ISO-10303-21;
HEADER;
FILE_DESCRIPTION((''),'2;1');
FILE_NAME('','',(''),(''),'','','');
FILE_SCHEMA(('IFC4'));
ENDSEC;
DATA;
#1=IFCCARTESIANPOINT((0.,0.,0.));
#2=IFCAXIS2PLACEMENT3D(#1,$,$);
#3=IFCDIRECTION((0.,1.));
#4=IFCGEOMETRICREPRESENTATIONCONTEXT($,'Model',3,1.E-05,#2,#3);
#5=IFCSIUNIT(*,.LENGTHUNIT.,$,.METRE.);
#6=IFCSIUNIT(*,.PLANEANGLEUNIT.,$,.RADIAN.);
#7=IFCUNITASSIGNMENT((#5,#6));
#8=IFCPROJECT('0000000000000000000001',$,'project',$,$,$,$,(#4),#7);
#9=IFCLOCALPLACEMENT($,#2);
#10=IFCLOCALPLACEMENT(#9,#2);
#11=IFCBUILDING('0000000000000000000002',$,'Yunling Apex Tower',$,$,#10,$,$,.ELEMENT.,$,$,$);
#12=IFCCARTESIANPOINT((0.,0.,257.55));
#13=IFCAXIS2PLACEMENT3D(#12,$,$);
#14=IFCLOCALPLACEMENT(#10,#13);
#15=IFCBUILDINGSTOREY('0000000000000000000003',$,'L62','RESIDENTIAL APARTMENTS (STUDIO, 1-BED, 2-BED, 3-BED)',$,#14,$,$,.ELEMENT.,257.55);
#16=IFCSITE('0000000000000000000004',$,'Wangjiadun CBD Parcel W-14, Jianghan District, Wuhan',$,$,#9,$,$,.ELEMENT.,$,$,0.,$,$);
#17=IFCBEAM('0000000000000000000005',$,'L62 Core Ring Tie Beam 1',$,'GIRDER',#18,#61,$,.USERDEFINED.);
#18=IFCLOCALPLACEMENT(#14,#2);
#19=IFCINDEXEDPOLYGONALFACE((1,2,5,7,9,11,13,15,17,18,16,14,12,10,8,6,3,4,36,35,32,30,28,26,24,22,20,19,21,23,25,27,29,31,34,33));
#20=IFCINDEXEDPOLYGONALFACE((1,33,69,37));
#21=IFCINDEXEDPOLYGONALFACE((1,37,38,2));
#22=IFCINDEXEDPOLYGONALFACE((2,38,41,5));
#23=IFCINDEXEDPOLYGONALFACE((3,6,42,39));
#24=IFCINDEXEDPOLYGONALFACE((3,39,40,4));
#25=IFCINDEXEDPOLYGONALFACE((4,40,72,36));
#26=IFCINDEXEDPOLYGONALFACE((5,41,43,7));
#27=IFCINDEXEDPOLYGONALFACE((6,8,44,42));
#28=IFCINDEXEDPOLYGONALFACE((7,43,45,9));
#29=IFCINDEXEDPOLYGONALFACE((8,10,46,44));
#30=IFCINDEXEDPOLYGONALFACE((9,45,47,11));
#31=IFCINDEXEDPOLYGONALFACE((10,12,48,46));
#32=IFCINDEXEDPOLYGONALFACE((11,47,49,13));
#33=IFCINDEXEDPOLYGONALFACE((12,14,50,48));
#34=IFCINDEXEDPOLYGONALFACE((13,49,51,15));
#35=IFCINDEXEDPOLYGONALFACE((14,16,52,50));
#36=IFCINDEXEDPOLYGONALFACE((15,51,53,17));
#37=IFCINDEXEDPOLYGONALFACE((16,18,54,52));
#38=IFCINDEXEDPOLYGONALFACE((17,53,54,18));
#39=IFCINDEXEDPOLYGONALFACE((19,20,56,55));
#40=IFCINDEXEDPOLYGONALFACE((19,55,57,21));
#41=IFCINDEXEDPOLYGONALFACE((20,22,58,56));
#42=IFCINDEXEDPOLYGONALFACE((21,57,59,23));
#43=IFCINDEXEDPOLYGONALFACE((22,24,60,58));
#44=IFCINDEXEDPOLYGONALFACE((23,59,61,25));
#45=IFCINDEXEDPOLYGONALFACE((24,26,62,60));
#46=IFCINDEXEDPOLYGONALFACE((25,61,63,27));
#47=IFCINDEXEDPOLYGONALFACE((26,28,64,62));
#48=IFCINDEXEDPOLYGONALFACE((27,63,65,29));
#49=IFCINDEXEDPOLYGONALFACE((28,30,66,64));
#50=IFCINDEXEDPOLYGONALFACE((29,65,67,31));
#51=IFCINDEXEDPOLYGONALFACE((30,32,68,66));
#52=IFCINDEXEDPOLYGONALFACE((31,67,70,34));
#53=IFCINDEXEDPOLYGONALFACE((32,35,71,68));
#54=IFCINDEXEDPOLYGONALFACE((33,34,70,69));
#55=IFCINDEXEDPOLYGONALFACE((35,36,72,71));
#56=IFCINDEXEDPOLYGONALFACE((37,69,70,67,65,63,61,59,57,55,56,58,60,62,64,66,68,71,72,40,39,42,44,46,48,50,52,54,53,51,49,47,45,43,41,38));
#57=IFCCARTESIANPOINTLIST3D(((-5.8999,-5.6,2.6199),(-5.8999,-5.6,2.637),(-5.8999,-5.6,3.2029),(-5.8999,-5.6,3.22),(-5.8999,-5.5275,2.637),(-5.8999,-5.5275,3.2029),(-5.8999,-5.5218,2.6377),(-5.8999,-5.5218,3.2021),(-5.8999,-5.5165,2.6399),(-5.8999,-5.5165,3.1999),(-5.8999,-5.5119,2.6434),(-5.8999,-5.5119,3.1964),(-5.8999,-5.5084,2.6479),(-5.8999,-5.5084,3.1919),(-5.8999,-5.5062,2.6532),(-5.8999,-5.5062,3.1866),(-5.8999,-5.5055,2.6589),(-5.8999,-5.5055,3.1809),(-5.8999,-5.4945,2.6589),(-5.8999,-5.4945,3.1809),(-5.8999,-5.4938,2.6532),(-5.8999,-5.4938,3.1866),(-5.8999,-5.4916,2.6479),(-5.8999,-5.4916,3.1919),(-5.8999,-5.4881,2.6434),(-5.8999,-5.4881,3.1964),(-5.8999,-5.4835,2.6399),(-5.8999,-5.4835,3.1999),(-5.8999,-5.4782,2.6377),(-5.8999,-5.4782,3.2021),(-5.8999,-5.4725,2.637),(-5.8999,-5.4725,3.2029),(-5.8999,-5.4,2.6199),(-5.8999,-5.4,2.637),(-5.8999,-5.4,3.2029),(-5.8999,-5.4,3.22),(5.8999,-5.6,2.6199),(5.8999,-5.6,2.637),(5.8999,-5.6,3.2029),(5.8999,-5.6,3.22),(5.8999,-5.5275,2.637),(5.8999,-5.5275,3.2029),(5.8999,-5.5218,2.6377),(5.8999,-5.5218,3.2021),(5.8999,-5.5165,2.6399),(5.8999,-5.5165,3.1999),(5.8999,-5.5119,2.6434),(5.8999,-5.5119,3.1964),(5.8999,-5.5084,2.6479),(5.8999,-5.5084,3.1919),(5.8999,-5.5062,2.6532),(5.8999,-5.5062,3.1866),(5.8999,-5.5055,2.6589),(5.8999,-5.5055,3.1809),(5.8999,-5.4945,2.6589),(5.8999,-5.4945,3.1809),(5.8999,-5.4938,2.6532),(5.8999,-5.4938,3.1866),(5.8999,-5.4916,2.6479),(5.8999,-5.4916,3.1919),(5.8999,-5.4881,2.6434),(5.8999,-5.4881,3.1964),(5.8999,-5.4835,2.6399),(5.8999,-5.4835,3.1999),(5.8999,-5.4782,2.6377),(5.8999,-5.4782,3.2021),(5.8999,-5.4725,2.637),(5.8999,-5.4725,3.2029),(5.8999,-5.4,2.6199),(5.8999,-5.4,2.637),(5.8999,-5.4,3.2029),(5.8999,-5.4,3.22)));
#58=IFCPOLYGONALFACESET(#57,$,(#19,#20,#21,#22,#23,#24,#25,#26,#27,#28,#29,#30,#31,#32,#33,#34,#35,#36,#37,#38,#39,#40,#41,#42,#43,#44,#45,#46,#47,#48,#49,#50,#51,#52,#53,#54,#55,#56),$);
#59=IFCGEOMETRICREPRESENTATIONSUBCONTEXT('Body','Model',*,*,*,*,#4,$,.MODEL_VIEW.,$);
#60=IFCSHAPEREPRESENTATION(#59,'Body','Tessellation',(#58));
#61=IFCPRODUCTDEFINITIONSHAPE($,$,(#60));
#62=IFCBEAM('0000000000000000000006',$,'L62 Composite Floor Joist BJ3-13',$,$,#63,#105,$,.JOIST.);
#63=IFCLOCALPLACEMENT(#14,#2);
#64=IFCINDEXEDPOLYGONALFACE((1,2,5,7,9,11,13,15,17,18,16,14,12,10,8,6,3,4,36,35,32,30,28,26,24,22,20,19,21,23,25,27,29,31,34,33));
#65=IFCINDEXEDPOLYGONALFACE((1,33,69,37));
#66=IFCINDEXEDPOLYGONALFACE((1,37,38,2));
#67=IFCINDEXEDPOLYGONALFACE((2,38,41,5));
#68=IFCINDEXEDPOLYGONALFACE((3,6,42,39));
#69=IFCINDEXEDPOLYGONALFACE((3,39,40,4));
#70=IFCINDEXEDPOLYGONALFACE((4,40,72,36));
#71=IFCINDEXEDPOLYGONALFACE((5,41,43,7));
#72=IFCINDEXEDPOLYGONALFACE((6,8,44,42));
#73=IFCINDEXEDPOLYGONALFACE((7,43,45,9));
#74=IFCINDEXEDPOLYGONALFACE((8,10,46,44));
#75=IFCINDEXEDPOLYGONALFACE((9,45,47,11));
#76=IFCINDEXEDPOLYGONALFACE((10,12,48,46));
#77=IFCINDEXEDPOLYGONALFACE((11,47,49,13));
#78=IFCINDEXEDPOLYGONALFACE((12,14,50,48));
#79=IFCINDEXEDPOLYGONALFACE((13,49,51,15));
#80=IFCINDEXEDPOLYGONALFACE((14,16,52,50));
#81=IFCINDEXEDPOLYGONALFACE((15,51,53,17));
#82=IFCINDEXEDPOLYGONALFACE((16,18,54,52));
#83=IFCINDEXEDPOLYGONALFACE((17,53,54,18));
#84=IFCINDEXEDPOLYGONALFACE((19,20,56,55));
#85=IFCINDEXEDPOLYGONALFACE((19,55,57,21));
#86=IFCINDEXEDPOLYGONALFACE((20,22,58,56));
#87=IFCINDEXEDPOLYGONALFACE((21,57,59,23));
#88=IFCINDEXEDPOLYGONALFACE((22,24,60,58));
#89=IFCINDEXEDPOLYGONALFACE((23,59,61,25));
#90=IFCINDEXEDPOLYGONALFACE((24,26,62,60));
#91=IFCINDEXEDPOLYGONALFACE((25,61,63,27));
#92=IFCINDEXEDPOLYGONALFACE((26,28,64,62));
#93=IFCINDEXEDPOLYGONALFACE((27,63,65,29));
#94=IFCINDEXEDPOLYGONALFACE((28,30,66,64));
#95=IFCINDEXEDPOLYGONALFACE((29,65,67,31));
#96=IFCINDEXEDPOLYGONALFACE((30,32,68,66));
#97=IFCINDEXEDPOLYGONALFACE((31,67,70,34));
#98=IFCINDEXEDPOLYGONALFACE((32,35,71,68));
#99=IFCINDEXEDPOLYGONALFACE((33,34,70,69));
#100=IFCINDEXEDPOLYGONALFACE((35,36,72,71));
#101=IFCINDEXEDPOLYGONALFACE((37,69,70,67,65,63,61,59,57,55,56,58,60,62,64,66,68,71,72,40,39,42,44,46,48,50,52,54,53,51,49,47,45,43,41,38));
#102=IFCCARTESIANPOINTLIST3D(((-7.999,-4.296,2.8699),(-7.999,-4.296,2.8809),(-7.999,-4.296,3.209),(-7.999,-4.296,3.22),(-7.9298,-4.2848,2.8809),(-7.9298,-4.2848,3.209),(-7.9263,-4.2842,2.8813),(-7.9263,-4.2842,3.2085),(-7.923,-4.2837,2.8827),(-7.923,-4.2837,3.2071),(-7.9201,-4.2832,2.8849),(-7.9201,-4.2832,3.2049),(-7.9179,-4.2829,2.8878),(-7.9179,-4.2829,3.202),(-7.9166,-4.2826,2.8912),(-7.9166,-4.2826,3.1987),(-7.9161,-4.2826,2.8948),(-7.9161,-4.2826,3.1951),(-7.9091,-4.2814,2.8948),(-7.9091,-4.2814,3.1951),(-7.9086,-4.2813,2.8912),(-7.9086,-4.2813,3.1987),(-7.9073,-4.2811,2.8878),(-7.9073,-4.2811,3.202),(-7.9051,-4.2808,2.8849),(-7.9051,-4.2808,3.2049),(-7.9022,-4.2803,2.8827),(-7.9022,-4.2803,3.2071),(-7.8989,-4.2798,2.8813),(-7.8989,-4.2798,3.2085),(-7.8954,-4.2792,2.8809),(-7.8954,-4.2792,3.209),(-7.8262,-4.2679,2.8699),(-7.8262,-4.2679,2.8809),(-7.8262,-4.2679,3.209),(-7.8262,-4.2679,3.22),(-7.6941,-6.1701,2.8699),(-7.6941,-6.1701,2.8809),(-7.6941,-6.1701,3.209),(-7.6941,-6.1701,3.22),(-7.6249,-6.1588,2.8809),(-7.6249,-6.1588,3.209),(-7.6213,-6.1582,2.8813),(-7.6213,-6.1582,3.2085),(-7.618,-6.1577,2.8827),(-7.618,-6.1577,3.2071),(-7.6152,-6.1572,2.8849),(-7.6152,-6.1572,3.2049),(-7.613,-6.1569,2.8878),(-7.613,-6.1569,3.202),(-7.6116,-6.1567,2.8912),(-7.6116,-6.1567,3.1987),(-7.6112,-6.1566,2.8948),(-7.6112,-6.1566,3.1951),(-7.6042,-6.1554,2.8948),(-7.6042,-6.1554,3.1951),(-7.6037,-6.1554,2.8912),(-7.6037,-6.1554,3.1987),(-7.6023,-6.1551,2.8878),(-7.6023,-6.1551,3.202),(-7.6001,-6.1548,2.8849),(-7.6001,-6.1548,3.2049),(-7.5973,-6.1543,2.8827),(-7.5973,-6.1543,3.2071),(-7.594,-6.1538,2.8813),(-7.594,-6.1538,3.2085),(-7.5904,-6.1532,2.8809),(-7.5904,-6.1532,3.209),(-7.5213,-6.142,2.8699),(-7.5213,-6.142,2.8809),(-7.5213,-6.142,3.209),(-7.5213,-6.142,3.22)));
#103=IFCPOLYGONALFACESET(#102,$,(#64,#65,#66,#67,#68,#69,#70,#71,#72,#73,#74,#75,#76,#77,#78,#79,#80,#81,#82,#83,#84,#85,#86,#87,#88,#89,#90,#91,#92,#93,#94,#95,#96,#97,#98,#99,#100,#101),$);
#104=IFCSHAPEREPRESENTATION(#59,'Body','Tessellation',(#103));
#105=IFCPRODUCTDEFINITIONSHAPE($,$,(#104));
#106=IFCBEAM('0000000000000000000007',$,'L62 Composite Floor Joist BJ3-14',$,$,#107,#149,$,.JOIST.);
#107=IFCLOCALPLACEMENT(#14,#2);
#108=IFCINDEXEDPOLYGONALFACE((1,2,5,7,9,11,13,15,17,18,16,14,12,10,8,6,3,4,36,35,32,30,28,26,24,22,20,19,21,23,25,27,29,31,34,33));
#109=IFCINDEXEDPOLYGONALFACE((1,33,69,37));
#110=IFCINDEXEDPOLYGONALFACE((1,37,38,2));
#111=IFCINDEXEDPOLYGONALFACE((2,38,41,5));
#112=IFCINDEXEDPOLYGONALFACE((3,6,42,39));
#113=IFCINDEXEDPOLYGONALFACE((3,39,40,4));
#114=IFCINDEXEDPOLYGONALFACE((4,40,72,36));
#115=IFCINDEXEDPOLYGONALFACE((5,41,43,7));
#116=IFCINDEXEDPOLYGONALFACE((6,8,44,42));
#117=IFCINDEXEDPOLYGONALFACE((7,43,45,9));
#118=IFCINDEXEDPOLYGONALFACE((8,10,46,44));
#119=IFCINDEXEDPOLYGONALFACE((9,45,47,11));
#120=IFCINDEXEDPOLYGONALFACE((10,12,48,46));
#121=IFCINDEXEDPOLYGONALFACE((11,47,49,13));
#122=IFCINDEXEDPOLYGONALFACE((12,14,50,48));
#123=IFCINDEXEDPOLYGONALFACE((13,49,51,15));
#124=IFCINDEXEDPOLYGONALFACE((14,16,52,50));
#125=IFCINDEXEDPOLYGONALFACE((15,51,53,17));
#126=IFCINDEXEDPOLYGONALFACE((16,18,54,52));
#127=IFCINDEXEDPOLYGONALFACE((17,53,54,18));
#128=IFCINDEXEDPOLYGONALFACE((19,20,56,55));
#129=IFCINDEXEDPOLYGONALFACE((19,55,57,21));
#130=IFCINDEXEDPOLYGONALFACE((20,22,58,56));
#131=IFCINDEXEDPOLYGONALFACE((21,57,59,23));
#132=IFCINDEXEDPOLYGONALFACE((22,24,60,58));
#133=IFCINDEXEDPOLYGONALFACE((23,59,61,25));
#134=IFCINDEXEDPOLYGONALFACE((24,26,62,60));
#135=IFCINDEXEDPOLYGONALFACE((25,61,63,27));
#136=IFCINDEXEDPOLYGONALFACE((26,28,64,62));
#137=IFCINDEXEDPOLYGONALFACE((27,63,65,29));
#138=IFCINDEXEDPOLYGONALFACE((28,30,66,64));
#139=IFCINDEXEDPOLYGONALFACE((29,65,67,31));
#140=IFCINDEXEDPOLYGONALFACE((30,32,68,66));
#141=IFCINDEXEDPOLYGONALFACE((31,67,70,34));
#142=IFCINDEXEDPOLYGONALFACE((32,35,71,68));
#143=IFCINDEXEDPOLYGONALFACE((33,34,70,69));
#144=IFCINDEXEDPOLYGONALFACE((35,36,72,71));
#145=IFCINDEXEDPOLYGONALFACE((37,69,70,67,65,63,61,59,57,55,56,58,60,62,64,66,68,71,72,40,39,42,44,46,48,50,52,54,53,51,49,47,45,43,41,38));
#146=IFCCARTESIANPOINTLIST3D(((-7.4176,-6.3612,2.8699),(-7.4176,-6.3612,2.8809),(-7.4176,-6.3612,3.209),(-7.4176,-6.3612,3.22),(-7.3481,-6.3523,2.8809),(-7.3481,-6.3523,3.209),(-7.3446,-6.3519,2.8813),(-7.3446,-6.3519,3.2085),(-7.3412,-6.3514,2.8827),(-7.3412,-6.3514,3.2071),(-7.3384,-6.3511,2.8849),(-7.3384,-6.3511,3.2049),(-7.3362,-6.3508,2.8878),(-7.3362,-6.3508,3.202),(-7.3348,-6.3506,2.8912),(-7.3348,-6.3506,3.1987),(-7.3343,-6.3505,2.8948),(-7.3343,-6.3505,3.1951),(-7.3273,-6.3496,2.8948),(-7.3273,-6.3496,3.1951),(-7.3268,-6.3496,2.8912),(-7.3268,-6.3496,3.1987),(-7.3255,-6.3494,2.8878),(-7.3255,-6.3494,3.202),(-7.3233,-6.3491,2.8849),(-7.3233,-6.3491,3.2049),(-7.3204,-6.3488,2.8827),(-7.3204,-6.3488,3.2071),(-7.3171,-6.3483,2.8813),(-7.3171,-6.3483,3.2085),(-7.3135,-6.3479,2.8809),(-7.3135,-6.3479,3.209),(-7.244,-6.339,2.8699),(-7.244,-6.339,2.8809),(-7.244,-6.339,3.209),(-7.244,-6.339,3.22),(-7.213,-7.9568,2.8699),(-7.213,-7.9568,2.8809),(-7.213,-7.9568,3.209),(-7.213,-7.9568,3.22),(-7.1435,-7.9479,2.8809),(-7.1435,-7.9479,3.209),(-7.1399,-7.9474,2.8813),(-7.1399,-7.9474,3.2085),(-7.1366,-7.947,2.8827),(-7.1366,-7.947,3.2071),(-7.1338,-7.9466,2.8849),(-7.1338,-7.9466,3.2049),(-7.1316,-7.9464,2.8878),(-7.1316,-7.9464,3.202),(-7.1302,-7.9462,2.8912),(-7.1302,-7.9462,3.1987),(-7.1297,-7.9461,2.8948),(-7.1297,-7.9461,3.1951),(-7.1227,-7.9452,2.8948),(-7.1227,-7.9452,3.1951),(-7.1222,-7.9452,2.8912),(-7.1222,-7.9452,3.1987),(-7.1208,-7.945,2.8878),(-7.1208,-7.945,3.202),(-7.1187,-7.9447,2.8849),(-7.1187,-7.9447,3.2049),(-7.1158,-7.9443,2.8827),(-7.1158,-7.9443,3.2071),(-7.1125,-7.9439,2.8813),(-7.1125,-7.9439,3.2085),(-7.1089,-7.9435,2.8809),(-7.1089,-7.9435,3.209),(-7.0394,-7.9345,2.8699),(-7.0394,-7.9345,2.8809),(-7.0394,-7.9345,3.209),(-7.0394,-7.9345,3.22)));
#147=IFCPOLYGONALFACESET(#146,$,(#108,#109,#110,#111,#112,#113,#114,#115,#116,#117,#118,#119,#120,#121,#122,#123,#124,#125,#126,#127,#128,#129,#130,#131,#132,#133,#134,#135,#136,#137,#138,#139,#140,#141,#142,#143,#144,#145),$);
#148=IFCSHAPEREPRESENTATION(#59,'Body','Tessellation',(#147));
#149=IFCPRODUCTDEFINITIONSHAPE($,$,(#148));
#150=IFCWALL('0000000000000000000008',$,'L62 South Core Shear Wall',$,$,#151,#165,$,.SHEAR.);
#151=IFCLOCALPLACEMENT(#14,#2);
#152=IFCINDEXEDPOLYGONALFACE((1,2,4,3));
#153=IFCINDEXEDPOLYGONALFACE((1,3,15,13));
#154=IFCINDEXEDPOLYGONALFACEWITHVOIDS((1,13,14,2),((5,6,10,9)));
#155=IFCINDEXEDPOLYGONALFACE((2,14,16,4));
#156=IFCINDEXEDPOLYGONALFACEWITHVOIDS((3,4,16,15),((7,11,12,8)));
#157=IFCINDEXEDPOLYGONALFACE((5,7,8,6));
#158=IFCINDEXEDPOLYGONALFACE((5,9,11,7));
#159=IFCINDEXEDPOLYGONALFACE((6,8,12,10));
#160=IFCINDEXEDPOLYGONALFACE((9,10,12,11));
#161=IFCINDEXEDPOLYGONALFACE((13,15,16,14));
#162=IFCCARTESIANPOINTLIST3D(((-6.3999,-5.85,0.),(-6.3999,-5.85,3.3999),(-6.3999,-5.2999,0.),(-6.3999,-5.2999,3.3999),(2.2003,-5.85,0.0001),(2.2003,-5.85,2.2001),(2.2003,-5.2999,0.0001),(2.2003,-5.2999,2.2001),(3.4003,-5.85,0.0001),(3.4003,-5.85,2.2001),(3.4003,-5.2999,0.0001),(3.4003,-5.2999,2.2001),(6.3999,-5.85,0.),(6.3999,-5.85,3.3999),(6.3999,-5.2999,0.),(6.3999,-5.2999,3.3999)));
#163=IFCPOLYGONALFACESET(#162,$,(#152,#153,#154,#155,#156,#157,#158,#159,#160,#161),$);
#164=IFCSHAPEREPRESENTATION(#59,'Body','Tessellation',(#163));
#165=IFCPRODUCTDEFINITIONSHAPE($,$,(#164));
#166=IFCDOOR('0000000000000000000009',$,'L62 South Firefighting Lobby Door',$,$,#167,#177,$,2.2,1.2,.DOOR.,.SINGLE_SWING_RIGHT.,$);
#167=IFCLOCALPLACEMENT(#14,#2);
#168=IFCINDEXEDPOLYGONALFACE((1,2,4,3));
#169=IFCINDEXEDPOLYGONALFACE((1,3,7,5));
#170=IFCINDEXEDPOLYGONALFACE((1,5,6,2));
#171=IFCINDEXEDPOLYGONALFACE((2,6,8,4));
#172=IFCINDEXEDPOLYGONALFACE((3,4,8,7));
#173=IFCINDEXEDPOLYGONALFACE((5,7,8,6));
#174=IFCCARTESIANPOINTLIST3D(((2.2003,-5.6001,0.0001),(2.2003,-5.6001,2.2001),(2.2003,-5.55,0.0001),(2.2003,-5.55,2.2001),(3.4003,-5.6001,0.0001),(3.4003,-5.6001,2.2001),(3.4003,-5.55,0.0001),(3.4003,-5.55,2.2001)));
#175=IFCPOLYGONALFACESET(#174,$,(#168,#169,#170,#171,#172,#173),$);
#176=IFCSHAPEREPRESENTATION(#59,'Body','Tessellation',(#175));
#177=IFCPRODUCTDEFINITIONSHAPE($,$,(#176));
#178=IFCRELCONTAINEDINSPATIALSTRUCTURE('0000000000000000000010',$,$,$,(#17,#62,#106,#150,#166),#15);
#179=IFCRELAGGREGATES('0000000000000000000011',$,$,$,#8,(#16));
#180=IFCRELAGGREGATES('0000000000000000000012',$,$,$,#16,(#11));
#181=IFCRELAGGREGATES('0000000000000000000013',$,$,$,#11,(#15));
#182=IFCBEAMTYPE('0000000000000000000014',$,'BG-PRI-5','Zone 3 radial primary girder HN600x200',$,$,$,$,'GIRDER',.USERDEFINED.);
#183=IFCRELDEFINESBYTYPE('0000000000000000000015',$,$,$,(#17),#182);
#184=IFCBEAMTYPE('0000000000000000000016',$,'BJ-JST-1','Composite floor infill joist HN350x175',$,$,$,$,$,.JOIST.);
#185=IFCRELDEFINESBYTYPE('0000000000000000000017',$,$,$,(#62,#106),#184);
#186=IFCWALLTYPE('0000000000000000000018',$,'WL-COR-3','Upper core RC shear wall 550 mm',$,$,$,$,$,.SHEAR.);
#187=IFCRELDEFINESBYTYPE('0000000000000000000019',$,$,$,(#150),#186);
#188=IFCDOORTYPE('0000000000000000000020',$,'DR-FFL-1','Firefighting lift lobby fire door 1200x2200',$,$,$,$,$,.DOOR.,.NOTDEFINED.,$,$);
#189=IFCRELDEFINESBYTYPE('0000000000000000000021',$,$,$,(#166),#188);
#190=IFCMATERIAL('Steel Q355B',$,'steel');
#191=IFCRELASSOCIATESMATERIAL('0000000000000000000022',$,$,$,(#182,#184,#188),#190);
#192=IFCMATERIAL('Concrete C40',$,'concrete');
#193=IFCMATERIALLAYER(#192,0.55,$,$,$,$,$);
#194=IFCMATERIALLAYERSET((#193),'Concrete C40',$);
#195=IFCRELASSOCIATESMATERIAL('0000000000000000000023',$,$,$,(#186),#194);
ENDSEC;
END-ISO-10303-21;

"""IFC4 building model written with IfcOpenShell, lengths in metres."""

from ifc_helpers import new_model, si_unit, direction, frame, frame_2d, origin, origin_2d, place, context, subcontext, project, spatial, rectangle, i_section, extrude, source, transform, mapped, material, layer, layer_set, material_profile, profile_set, type_object, element, fill, save


model = new_model("IFC4")

# Units and contexts
model_context = context("Model", 3, precision=1e-05, world=origin(), true_north=direction((0.0, 1.0)))
body_context = subcontext(model_context, "Body", "Model", "MODEL_VIEW")
ifc_project = project(units=[si_unit("LENGTHUNIT", "METRE"), si_unit("PLANEANGLEUNIT", "RADIAN")], contexts=[model_context])

# Site, building, storey
site_placement = place(None, origin())
site = spatial("IfcSite", under=ifc_project, at=site_placement, Name="Wangjiadun CBD Parcel W-14, Jianghan District, Wuhan", CompositionType="ELEMENT", RefElevation=0.0)
building_placement = place(site_placement, origin())
building = spatial("IfcBuilding", under=site, at=building_placement, Name="Yunling Apex Tower", CompositionType="ELEMENT")
storey_placement = place(building_placement, frame((0.0, 0.0, 257.55)))
storey = spatial("IfcBuildingStorey", under=building, at=storey_placement, Name="L62", Description="RESIDENTIAL APARTMENTS (STUDIO, 1-BED, 2-BED, 3-BED)", CompositionType="ELEMENT", Elevation=257.55)

# Beams
ifc_material_1 = material(Name="Steel Q355B", Category="steel")
ifc_material_2 = material(Name="Concrete C40", Category="concrete")
ifc_material_profile_1 = material_profile(ifc_material_1, i_section(OverallWidth=0.2, OverallDepth=0.6001, WebThickness=0.011, FlangeThickness=0.0171, FilletRadius=0.022, at=origin_2d()))
ifc_profile_set_1 = profile_set([ifc_material_profile_1], Name="Steel Q355B")
beam_type_1 = type_object("IfcBeamType", Name="BG-PRI-5", Description="Zone 3 radial primary girder HN600x200", ElementType="GIRDER", PredefinedType="USERDEFINED", material=ifc_profile_set_1)
shared_shape_1 = source(origin(), body_context, "Body", "SweptSolid", [
    extrude(i_section(OverallWidth=0.2, OverallDepth=0.6001, WebThickness=0.011, FlangeThickness=0.0171, FilletRadius=0.022, at=origin_2d()), origin(), (0.0, 0.0, 1.0), 11.7998),
])
beam_1_placement = place(storey_placement, frame((-5.8999, -5.5, 2.9199), z_axis=(1.0, 0.0, 0.0), x_axis=(0.0, 1.0, 0.0)))
element("IfcBeam", 1, at=beam_1_placement, inside=storey, type_object=beam_type_1, Name="L62 Core Ring Tie Beam 1", ObjectType="GIRDER", PredefinedType="USERDEFINED", context=body_context, shape_type="MappedRepresentation", body=[
    mapped(shared_shape_1, transform((0.0, 0.0, 0.0), scale=1.0)),
])
ifc_material_profile_2 = material_profile(ifc_material_1, i_section(OverallWidth=0.175, OverallDepth=0.3501, WebThickness=0.0071, FlangeThickness=0.011, FilletRadius=0.0139, at=origin_2d()))
ifc_profile_set_2 = profile_set([ifc_material_profile_2], Name="Steel Q355B")
beam_type_2 = type_object("IfcBeamType", Name="BJ-JST-1", Description="Composite floor infill joist HN350x175", PredefinedType="JOIST", material=ifc_profile_set_2)
shared_shape_2 = source(origin(), body_context, "Body", "SweptSolid", [
    extrude(i_section(OverallWidth=0.175, OverallDepth=0.3501, WebThickness=0.0071, FlangeThickness=0.011, FilletRadius=0.0139, at=origin_2d()), origin(), (0.0, 0.0, 1.0), 1.8987),
])
beam_2_placement = place(storey_placement, frame((-7.9126, -4.282, 3.0449), z_axis=(0.160603, -0.987019, 0.0), x_axis=(0.987019, 0.160603, 0.0)))
element("IfcBeam", 2, at=beam_2_placement, inside=storey, type_object=beam_type_2, Name="L62 Composite Floor Joist BJ3-13", PredefinedType="JOIST", context=body_context, shape_type="MappedRepresentation", body=[
    mapped(shared_shape_2, transform((0.0, 0.0, 0.0), scale=1.0)),
])
shared_shape_3 = source(origin(), body_context, "Body", "SweptSolid", [
    extrude(i_section(OverallWidth=0.175, OverallDepth=0.3501, WebThickness=0.0071, FlangeThickness=0.011, FilletRadius=0.0139, at=origin_2d()), origin(), (0.0, 0.0, 1.0), 1.6086),
])
beam_3_placement = place(storey_placement, frame((-7.3308, -6.3501, 3.0449), z_axis=(0.127191, -0.991878, 0.0), x_axis=(0.991878, 0.127191, 0.0)))
element("IfcBeam", 3, at=beam_3_placement, inside=storey, type_object=beam_type_2, Name="L62 Composite Floor Joist BJ3-14", PredefinedType="JOIST", context=body_context, shape_type="MappedRepresentation", body=[
    mapped(shared_shape_3, transform((0.0, 0.0, 0.0), scale=1.0)),
])

# Wall, opening, door
ifc_layer_1 = layer(ifc_material_2, 0.55)
ifc_layer_set_1 = layer_set([ifc_layer_1], Name="Concrete C40")
wall_type_1 = type_object("IfcWallType", Name="WL-COR-3", Description="Upper core RC shear wall 550 mm", PredefinedType="SHEAR", material=ifc_layer_set_1)
wall_1_placement = place(storey_placement, frame((-6.3999, -5.575, 0.0), z_axis=(0.0, 0.0, 1.0), x_axis=(1.0, 0.0, 0.0)))
wall_1 = element("IfcWall", 4, at=wall_1_placement, inside=storey, type_object=wall_type_1, Name="L62 South Core Shear Wall", PredefinedType="SHEAR", context=body_context, shape_type="SweptSolid", body=[
    extrude(rectangle(XDim=12.7998, YDim=0.55, at=frame_2d((6.3999, 0.0))), origin(), (0.0, 0.0, 1.0), 3.3999),
])
opening_1_placement = place(wall_1_placement, frame((8.6001, 0.0, 0.0)))
opening_1 = element("IfcOpeningElement", 5, at=opening_1_placement, cuts=wall_1, PredefinedType="OPENING", context=body_context, shape_type="SweptSolid", body=[
    extrude(rectangle(XDim=1.2, YDim=2.2, at=frame_2d((0.6001, 1.1001))), frame((0.0, 0.2852, 0.0), z_axis=(0.0, -1.0, 0.0), x_axis=(1.0, 0.0, 0.0)), (0.0, 0.0, 1.0), 0.5701),
])
door_type_1 = type_object("IfcDoorType", Name="DR-FFL-1", Description="Firefighting lift lobby fire door 1200x2200", OperationType="NOTDEFINED", PredefinedType="DOOR", material=ifc_material_1)
door_1_placement = place(opening_1_placement, origin())
door_1 = element("IfcDoor", 6, at=door_1_placement, inside=storey, type_object=door_type_1, Name="L62 South Firefighting Lobby Door", OperationType="SINGLE_SWING_RIGHT", OverallHeight=2.2, OverallWidth=1.2, PredefinedType="DOOR", context=body_context, shape_type="SweptSolid", body=[
    extrude(rectangle(XDim=1.2, YDim=2.2, at=frame_2d((0.6001, 1.1001))), frame((0.0, 0.0249, 0.0), z_axis=(0.0, -1.0, 0.0), x_axis=(1.0, 0.0, 0.0)), (0.0, 0.0, 1.0), 0.05),
])
fill(opening_1, door_1)

save(model, "model.ifc")
